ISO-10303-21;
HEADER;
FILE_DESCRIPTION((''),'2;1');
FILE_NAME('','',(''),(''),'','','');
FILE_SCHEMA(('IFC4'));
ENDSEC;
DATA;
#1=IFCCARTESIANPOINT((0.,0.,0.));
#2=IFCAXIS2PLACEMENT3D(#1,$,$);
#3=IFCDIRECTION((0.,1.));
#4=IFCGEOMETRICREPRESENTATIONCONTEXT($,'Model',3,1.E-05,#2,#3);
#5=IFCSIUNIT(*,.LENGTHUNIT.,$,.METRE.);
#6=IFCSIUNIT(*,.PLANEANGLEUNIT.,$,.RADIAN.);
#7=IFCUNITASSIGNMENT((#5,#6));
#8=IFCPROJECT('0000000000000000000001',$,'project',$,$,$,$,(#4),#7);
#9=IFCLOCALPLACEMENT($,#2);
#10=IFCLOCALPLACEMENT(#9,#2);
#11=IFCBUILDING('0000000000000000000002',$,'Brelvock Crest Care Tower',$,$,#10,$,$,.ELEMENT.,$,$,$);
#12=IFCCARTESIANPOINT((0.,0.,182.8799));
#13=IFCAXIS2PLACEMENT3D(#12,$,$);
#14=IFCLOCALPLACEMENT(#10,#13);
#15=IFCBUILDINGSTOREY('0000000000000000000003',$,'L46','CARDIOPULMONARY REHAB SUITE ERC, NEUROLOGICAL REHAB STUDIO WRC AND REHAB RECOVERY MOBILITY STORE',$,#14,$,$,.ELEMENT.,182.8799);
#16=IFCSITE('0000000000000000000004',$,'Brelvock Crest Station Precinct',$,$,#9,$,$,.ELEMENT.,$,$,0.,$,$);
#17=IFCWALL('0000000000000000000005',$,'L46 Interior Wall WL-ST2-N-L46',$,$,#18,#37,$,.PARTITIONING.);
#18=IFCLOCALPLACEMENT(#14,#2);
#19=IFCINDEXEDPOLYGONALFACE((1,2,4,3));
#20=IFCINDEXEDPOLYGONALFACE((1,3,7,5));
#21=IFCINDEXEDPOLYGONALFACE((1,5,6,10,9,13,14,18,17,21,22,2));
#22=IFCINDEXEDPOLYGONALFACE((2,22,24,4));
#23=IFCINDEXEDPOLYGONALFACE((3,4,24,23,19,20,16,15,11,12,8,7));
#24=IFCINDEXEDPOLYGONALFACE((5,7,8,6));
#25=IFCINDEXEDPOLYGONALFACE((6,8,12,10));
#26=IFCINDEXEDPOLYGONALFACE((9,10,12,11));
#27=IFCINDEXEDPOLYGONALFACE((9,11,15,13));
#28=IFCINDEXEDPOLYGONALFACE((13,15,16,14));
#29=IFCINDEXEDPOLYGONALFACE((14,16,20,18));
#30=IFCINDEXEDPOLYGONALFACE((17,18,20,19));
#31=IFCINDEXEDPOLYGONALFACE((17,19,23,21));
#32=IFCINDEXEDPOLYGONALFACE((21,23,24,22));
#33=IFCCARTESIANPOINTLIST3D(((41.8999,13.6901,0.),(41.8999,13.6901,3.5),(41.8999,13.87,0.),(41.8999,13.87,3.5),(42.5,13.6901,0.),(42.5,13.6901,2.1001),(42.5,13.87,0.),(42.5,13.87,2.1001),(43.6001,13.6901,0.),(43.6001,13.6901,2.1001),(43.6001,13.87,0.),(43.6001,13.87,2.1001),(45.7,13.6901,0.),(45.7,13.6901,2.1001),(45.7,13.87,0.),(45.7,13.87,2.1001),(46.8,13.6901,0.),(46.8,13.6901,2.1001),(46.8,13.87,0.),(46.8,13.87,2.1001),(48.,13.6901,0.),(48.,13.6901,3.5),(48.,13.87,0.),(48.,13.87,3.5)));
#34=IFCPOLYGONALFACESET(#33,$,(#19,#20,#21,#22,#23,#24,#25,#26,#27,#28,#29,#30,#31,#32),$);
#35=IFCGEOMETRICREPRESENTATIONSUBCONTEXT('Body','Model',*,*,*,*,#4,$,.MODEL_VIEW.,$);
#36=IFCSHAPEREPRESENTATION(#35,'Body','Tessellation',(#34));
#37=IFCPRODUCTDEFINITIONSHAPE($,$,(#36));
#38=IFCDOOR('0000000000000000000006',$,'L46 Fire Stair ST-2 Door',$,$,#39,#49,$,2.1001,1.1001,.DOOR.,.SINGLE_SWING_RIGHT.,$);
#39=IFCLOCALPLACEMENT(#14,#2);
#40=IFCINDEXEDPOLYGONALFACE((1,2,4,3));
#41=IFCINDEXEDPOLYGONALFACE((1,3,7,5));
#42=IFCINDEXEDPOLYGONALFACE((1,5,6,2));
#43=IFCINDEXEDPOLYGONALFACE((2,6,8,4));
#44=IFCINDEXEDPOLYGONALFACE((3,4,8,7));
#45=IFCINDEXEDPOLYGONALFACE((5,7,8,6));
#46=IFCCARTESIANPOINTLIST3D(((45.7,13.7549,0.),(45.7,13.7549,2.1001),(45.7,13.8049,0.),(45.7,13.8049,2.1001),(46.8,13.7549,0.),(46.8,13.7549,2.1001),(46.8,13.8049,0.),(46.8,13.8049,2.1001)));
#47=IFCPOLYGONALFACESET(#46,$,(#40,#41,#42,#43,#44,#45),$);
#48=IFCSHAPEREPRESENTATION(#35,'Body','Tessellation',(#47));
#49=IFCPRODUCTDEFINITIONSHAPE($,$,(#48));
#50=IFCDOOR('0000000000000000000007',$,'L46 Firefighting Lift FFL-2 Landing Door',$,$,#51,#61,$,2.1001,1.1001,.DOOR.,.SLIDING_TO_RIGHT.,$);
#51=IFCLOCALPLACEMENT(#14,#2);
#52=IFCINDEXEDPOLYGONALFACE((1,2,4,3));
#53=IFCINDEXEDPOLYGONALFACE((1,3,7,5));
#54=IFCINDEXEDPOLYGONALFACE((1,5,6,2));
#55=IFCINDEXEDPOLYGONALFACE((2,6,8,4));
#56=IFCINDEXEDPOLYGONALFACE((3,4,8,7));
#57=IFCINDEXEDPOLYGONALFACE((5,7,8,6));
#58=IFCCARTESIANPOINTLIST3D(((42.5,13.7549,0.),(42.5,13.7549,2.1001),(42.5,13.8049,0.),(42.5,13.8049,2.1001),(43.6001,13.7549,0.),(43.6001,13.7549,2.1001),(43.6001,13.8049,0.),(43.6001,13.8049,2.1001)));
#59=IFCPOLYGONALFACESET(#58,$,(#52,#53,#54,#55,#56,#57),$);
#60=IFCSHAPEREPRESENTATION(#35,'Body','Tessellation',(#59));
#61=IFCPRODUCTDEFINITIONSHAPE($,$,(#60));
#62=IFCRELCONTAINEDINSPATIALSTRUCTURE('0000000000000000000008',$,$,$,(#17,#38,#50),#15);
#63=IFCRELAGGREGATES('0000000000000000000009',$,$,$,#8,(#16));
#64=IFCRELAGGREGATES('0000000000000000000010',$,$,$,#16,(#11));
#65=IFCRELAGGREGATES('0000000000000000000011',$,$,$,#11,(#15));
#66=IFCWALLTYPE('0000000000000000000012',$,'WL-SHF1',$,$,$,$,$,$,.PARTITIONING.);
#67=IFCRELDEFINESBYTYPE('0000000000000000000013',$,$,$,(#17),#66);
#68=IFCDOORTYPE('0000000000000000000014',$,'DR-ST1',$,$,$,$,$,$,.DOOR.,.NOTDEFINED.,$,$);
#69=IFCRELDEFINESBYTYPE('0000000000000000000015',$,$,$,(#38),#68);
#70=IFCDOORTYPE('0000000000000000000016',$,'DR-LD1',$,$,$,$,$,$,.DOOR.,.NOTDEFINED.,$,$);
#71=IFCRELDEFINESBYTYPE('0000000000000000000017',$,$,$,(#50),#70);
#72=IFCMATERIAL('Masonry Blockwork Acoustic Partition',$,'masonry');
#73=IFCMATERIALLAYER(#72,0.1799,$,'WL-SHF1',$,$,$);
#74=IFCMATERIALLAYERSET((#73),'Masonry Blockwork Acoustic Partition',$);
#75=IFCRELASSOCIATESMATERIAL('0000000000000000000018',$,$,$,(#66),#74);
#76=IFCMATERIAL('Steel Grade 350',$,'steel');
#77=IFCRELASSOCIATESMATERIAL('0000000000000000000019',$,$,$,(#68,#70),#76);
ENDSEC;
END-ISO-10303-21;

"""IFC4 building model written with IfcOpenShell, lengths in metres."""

from ifc_helpers import new_model, si_unit, direction, frame, frame_2d, origin, origin_2d, place, context, subcontext, project, spatial, rectangle, extrude, source, transform, mapped, material, layer, layer_set, type_object, element, fill, save


model = new_model("IFC4")

# Units and contexts
model_context = context("Model", 3, precision=1e-05, world=origin(), true_north=direction((0.0, 1.0)))
body_context = subcontext(model_context, "Body", "Model", "MODEL_VIEW")
ifc_project = project(units=[si_unit("LENGTHUNIT", "METRE"), si_unit("PLANEANGLEUNIT", "RADIAN")], contexts=[model_context])

# Site, building, storey
site_placement = place(None, origin())
site = spatial("IfcSite", under=ifc_project, at=site_placement, Name="Brelvock Crest Station Precinct", CompositionType="ELEMENT", RefElevation=0.0)
building_placement = place(site_placement, origin())
building = spatial("IfcBuilding", under=site, at=building_placement, Name="Brelvock Crest Care Tower", CompositionType="ELEMENT")
storey_placement = place(building_placement, frame((0.0, 0.0, 182.8799)))
storey = spatial("IfcBuildingStorey", under=building, at=storey_placement, Name="L46", Description="CARDIOPULMONARY REHAB SUITE ERC, NEUROLOGICAL REHAB STUDIO WRC AND REHAB RECOVERY MOBILITY STORE", CompositionType="ELEMENT", Elevation=182.8799)

# Shared definitions
ifc_material_1 = material(Name="Steel Grade 350", Category="steel")

# Shared definitions
ifc_material_2 = material(Name="Masonry Blockwork Acoustic Partition", Category="masonry")

# Wall, openings, doors
ifc_layer_1 = layer(ifc_material_2, 0.1799, Name="WL-SHF1")
ifc_layer_set_1 = layer_set([ifc_layer_1], Name="Masonry Blockwork Acoustic Partition")
wall_type_1 = type_object("IfcWallType", Name="WL-SHF1", PredefinedType="PARTITIONING", material=ifc_layer_set_1)
wall_1_placement = place(storey_placement, frame((41.8999, 13.78, 0.0), z_axis=(0.0, 0.0, 1.0), x_axis=(1.0, 0.0, 0.0)))
wall_1 = element("IfcWall", 1, at=wall_1_placement, inside=storey, type_object=wall_type_1, Name="L46 Interior Wall WL-ST2-N-L46", PredefinedType="PARTITIONING", context=body_context, shape_type="SweptSolid", body=[
    extrude(rectangle(XDim=6.1001, YDim=0.1799, at=frame_2d((3.05, 0.0))), origin(), (0.0, 0.0, 1.0), 3.5),
])
opening_1_placement = place(wall_1_placement, frame((0.6001, 0.0, 0.0)))
opening_1 = element("IfcOpeningElement", 2, at=opening_1_placement, cuts=wall_1, PredefinedType="OPENING", context=body_context, shape_type="SweptSolid", body=[
    extrude(rectangle(XDim=1.1001, YDim=2.1001, at=origin_2d()), frame((0.55, 0.1001, 1.05), z_axis=(0.0, -1.0, 0.0), x_axis=(1.0, 0.0, 0.0)), (0.0, 0.0, 1.0), 0.2),
])
opening_2_placement = place(wall_1_placement, frame((3.8, 0.0, 0.0)))
opening_2 = element("IfcOpeningElement", 3, at=opening_2_placement, cuts=wall_1, PredefinedType="OPENING", context=body_context, shape_type="SweptSolid", body=[
    extrude(rectangle(XDim=1.1001, YDim=2.1001, at=origin_2d()), frame((0.55, 0.1001, 1.05), z_axis=(0.0, -1.0, 0.0), x_axis=(1.0, 0.0, 0.0)), (0.0, 0.0, 1.0), 0.2),
])
door_type_1 = type_object("IfcDoorType", Name="DR-ST1", OperationType="NOTDEFINED", PredefinedType="DOOR", material=ifc_material_1)
shared_shape_1 = source(origin(), body_context, "Body", "SweptSolid", [
    extrude(rectangle(XDim=1.1001, YDim=2.1001, at=origin_2d()), frame((0.55, 0.0249, 1.05), z_axis=(0.0, -1.0, 0.0), x_axis=(1.0, 0.0, 0.0)), (0.0, 0.0, 1.0), 0.05),
])
door_1_placement = place(opening_2_placement, origin())
door_1 = element("IfcDoor", 4, at=door_1_placement, inside=storey, type_object=door_type_1, Name="L46 Fire Stair ST-2 Door", OperationType="SINGLE_SWING_RIGHT", OverallHeight=2.1001, OverallWidth=1.1001, PredefinedType="DOOR", context=body_context, shape_type="MappedRepresentation", body=[
    mapped(shared_shape_1, transform((0.0, 0.0, 0.0), x_axis=(1.0, 0.0, 0.0), y_axis=(0.0, 1.0, 0.0), z_axis=(0.0, 0.0, 1.0), scale=1.0)),
])
fill(opening_2, door_1)
door_type_2 = type_object("IfcDoorType", Name="DR-LD1", OperationType="NOTDEFINED", PredefinedType="DOOR", material=ifc_material_1)
shared_shape_2 = source(origin(), body_context, "Body", "SweptSolid", [
    extrude(rectangle(XDim=1.1001, YDim=2.1001, at=origin_2d()), frame((0.55, 0.0249, 1.05), z_axis=(0.0, -1.0, 0.0), x_axis=(1.0, 0.0, 0.0)), (0.0, 0.0, 1.0), 0.05),
])
door_2_placement = place(opening_1_placement, origin())
door_2 = element("IfcDoor", 5, at=door_2_placement, inside=storey, type_object=door_type_2, Name="L46 Firefighting Lift FFL-2 Landing Door", OperationType="SLIDING_TO_RIGHT", OverallHeight=2.1001, OverallWidth=1.1001, PredefinedType="DOOR", context=body_context, shape_type="MappedRepresentation", body=[
    mapped(shared_shape_2, transform((0.0, 0.0, 0.0), x_axis=(1.0, 0.0, 0.0), y_axis=(0.0, 1.0, 0.0), z_axis=(0.0, 0.0, 1.0), scale=1.0)),
])
fill(opening_1, door_2)

save(model, "model.ifc")
